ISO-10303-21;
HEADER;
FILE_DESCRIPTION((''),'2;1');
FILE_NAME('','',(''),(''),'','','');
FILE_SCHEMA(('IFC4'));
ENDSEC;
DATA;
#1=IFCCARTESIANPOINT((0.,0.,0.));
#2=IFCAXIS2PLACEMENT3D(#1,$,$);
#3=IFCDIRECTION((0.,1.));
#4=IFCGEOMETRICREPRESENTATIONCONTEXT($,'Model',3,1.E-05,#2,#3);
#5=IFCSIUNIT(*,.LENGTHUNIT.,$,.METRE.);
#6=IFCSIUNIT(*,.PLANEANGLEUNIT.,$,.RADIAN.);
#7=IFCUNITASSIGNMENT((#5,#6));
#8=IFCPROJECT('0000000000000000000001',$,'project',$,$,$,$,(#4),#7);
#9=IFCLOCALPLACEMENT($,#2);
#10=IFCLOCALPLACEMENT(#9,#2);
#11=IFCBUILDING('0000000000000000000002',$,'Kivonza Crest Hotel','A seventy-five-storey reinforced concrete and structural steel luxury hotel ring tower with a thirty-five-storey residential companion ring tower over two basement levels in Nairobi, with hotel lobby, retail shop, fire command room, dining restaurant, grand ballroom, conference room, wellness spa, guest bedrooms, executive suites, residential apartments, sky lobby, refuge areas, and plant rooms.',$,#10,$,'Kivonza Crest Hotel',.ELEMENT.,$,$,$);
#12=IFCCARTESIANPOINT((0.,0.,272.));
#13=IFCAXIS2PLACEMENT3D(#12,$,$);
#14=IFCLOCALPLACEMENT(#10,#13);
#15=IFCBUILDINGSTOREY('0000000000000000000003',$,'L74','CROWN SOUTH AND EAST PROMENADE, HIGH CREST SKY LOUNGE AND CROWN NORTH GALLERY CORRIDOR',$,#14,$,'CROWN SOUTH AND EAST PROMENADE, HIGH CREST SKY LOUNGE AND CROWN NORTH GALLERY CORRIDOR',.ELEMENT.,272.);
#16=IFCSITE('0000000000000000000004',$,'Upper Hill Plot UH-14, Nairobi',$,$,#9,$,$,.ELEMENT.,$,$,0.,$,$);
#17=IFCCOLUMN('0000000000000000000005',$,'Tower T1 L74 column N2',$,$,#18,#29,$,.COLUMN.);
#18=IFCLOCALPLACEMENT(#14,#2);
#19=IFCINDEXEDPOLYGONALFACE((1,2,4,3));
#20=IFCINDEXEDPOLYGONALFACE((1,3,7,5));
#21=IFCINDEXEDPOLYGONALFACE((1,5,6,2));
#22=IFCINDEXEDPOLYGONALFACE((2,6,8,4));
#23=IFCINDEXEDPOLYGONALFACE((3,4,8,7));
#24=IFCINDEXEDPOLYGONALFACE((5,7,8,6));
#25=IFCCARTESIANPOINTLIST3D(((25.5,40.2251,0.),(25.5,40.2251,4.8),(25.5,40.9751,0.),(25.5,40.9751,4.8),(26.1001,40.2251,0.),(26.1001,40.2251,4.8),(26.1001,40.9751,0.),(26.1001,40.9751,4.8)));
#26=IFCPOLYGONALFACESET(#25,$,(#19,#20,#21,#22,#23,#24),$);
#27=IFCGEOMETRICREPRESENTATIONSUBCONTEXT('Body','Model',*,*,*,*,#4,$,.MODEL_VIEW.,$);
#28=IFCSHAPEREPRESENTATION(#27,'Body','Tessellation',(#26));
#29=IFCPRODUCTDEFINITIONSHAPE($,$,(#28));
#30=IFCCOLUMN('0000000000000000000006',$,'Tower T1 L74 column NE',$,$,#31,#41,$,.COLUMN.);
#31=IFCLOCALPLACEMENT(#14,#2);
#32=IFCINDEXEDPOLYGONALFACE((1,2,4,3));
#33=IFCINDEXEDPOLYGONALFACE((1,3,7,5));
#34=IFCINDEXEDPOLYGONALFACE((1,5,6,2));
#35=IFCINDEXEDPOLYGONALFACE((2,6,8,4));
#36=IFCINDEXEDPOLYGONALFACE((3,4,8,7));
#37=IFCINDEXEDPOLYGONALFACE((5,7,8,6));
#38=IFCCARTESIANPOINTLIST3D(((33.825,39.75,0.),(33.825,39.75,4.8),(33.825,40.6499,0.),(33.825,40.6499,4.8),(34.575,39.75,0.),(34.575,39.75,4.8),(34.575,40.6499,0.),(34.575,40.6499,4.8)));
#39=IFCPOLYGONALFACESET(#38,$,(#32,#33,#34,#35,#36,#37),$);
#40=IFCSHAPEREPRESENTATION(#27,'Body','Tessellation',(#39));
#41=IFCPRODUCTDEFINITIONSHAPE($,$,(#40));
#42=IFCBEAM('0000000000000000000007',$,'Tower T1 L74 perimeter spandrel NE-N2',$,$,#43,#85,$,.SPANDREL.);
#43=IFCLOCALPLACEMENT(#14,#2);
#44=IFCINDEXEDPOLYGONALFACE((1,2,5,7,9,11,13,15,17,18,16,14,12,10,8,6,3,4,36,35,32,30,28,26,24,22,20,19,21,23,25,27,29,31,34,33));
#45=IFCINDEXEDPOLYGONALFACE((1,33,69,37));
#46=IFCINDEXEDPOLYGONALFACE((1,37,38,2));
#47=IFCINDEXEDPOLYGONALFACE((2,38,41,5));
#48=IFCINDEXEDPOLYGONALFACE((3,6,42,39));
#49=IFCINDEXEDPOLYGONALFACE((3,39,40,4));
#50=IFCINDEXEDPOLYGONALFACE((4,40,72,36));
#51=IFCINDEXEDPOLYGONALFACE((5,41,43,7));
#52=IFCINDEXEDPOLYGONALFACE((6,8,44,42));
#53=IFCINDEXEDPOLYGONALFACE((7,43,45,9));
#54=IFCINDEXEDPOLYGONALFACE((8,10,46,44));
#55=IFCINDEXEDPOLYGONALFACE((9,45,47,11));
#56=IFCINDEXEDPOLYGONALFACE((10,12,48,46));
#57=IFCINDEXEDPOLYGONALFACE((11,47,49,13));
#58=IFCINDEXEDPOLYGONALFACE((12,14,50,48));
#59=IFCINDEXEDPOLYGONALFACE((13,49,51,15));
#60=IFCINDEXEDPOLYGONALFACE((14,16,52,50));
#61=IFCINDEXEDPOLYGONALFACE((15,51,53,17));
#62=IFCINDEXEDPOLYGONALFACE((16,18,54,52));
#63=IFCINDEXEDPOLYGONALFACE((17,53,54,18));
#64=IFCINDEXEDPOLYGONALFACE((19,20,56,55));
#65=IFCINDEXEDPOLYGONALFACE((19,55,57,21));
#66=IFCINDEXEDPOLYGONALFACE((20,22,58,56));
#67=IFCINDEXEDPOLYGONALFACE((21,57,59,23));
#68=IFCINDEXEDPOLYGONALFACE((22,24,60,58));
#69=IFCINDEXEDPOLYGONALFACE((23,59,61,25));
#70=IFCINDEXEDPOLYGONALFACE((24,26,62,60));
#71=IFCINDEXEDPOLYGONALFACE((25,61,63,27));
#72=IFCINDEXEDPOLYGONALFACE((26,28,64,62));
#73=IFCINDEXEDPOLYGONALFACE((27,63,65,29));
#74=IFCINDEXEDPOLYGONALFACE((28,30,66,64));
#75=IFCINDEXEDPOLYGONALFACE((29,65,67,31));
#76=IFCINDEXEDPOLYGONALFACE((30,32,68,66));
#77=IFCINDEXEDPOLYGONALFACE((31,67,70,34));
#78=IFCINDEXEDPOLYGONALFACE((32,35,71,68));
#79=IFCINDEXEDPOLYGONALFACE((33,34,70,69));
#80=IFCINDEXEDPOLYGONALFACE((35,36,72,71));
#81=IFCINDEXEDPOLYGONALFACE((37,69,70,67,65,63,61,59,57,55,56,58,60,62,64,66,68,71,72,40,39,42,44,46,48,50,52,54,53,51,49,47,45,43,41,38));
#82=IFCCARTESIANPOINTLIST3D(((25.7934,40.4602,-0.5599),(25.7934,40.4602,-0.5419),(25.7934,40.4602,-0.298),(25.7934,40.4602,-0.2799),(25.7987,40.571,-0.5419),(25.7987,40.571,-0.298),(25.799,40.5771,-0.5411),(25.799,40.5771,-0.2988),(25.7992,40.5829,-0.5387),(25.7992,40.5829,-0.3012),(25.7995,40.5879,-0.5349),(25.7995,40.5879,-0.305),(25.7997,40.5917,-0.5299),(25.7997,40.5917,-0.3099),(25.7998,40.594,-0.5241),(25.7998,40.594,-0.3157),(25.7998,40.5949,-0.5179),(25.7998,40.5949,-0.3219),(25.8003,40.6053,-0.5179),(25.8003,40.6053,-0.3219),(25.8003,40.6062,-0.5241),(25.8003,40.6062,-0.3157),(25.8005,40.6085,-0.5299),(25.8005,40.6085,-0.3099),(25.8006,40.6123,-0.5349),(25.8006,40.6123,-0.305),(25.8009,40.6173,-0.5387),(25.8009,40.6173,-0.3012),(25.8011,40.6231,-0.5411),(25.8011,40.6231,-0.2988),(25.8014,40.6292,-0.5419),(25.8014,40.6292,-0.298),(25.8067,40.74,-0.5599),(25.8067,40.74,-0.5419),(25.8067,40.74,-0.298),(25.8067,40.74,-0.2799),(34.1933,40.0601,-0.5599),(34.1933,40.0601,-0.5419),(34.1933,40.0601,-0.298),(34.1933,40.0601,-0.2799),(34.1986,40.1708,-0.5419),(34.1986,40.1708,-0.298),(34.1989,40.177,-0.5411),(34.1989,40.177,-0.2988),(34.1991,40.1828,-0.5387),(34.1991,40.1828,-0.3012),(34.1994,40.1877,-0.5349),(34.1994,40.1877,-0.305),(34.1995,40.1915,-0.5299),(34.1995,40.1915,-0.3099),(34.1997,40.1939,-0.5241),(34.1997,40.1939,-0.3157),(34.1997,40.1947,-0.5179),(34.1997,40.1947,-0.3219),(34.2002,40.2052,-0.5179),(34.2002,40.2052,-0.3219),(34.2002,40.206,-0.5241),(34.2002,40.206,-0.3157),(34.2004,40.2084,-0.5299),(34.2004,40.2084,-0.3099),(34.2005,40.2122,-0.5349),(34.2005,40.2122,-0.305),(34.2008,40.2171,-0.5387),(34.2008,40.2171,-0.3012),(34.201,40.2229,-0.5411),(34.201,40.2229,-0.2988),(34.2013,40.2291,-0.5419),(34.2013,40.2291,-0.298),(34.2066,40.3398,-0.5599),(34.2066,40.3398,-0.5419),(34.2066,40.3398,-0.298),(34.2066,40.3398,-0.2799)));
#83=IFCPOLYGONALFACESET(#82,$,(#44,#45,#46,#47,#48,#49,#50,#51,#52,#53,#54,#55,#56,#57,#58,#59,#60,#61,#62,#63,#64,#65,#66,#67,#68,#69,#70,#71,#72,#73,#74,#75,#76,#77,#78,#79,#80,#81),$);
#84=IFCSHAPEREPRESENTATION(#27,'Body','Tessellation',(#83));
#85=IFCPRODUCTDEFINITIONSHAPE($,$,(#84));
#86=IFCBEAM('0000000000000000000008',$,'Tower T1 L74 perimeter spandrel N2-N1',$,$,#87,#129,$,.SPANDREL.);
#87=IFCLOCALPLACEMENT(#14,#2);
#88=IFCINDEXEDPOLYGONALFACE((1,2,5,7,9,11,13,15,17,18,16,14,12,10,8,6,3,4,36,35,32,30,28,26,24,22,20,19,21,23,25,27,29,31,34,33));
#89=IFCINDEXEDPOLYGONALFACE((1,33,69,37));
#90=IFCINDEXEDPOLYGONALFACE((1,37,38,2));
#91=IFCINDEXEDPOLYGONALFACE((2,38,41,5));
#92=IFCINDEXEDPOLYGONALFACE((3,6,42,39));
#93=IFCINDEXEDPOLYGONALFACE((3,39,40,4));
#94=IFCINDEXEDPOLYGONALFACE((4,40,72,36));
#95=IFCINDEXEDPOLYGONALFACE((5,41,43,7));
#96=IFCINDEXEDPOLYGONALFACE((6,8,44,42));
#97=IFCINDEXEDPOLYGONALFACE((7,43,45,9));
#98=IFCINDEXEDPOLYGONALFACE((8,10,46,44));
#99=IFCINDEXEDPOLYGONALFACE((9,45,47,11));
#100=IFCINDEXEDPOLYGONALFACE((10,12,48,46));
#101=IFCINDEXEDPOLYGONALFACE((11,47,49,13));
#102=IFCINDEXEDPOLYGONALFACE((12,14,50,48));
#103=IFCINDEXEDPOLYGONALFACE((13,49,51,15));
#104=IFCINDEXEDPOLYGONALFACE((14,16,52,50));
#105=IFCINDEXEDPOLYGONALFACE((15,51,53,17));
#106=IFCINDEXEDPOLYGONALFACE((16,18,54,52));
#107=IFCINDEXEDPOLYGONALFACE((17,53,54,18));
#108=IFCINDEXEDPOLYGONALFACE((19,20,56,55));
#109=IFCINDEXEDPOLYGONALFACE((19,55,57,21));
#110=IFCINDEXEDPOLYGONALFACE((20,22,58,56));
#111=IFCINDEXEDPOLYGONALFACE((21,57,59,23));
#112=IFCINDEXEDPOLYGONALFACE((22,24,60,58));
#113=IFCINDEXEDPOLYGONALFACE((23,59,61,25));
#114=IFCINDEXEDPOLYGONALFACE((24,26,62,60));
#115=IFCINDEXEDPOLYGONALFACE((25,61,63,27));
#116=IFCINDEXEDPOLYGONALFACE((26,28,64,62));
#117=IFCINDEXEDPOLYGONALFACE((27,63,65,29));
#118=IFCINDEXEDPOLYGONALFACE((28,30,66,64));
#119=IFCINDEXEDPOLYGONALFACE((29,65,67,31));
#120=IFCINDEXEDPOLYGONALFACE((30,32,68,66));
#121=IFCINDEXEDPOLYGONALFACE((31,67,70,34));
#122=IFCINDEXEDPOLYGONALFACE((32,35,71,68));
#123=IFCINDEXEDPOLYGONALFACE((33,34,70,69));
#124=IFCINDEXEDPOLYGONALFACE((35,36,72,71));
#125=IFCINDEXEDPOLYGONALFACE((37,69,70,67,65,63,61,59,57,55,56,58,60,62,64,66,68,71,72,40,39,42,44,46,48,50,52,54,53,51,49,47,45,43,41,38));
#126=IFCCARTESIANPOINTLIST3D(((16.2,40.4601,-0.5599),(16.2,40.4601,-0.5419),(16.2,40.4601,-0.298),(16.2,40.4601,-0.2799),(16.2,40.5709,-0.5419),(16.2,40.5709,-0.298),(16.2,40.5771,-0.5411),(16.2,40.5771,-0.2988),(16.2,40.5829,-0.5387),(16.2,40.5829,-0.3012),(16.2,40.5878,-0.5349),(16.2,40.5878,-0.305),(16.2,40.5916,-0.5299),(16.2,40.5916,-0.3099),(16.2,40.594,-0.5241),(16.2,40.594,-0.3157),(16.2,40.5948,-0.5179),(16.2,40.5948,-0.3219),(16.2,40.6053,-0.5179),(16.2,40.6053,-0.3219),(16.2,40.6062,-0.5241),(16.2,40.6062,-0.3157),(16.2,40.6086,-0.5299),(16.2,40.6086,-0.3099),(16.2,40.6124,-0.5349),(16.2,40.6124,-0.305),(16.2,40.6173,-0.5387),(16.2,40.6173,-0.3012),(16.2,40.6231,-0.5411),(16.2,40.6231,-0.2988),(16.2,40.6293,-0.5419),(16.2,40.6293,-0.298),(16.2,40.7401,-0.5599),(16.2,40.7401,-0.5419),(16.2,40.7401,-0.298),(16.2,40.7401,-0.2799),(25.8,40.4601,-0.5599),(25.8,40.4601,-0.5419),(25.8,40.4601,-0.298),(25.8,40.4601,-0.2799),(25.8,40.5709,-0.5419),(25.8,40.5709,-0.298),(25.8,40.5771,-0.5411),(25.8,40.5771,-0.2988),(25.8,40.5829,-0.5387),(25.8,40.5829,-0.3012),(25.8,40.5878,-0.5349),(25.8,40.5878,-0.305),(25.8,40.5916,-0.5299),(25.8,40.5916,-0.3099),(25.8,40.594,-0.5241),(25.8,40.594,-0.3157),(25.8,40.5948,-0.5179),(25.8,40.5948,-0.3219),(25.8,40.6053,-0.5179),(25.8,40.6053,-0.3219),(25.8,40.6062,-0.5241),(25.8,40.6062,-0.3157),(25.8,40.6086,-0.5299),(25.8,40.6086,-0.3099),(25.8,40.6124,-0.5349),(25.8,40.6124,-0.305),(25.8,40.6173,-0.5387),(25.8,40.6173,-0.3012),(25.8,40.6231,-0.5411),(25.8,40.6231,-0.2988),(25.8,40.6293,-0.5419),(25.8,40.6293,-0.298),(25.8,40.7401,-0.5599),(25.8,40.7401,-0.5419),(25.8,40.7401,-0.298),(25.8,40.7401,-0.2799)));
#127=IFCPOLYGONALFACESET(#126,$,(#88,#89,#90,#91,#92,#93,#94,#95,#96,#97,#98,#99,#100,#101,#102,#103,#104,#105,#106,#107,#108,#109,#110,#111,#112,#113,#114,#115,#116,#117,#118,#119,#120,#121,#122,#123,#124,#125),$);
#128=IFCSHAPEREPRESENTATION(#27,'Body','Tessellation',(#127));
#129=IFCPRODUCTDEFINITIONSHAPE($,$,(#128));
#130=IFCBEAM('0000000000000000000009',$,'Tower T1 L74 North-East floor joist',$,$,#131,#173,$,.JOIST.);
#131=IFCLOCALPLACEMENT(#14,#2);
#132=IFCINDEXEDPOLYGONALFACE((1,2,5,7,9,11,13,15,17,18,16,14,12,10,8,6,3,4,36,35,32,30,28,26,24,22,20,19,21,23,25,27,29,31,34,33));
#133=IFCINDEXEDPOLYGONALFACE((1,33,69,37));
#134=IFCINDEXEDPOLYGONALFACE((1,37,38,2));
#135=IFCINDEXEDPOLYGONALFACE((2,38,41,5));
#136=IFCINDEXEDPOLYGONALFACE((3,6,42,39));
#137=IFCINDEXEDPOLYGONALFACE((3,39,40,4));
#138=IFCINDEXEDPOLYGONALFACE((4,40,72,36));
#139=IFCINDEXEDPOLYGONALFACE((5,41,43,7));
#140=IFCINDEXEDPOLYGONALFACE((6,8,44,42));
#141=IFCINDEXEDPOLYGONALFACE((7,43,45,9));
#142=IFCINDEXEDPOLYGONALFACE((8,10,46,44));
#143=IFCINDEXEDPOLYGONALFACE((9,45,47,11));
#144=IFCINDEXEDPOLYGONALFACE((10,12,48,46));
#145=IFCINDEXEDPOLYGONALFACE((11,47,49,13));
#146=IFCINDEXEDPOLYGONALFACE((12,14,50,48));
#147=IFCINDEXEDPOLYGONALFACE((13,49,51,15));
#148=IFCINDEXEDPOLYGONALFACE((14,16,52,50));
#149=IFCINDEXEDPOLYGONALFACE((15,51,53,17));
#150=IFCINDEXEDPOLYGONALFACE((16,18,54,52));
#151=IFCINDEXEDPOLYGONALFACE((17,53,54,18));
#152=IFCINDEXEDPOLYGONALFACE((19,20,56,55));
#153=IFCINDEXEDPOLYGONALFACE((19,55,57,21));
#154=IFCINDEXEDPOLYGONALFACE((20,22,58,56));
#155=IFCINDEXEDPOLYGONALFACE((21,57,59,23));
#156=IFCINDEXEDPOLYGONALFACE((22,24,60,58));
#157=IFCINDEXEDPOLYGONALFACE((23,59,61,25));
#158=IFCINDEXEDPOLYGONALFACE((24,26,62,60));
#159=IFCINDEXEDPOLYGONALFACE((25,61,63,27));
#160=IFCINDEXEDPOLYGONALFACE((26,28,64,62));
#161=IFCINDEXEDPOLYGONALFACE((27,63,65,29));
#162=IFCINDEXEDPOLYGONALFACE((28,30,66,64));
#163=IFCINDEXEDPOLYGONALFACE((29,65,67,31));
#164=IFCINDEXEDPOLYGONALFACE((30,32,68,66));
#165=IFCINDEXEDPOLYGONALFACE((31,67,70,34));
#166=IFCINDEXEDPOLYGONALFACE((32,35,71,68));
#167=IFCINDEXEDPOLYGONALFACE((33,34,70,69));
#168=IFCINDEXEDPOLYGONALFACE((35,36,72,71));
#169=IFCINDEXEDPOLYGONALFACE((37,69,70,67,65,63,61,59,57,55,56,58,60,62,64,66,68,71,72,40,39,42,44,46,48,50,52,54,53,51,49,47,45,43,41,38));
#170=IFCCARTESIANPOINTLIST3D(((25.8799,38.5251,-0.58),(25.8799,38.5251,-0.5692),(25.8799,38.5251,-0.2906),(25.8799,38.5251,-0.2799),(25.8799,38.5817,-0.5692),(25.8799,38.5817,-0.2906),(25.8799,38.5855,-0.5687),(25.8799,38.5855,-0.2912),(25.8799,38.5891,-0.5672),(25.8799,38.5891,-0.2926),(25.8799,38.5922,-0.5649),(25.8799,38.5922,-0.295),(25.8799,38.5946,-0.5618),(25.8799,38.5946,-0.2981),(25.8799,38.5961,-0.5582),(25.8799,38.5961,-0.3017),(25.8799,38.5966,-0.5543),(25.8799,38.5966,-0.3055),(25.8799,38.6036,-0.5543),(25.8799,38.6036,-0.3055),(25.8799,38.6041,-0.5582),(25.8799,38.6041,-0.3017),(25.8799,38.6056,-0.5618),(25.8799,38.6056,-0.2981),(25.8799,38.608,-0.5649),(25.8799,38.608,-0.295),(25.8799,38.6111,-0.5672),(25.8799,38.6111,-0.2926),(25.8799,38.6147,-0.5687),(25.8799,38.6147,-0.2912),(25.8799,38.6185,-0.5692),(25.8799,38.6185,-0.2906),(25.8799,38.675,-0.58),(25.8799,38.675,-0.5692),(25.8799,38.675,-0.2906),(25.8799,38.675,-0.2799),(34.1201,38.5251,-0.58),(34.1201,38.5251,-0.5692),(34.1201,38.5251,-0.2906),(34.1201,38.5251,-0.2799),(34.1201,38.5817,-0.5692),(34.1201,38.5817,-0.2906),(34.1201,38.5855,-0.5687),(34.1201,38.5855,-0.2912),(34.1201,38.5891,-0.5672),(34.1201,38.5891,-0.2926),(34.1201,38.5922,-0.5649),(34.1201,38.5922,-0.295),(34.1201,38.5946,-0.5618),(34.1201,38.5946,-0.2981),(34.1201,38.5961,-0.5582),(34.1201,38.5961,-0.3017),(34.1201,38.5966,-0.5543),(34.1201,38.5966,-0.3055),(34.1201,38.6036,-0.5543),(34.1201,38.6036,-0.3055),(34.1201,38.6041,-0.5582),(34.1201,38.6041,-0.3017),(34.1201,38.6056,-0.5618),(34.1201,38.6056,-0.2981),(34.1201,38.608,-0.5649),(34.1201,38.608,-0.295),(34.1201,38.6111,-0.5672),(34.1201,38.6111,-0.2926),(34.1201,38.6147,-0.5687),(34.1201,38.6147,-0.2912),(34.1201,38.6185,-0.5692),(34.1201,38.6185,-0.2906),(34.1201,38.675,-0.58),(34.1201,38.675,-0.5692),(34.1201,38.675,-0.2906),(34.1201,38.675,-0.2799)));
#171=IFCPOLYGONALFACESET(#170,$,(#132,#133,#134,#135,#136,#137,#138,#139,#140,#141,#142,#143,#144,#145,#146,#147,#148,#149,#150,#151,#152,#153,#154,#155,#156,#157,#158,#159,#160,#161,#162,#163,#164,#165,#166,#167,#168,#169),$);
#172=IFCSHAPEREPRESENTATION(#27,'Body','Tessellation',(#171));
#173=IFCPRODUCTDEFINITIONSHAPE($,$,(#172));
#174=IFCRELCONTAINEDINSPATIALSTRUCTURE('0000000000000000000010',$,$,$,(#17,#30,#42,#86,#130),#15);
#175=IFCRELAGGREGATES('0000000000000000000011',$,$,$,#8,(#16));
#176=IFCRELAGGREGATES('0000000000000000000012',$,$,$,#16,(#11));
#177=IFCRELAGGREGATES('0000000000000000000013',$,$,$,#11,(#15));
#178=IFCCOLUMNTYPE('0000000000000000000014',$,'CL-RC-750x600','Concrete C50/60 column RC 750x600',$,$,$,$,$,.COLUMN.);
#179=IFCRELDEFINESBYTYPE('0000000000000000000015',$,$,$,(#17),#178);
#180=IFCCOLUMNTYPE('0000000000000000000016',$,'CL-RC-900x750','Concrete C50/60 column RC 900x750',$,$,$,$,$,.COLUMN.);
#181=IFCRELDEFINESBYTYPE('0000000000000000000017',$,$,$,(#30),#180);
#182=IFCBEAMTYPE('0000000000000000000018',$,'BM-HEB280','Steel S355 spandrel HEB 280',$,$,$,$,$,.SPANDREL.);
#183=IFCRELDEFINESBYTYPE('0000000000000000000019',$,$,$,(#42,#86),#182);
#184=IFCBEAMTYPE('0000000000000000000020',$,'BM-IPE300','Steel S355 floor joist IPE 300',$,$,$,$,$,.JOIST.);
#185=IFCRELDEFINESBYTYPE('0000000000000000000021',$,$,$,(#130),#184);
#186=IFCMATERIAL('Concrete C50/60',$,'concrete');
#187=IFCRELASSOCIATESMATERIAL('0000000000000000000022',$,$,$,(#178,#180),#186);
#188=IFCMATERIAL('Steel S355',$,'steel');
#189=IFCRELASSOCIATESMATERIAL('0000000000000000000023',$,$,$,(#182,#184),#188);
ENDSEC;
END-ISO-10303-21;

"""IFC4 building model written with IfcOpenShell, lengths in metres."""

from ifc_helpers import new_model, si_unit, direction, frame, origin, origin_2d, place, context, subcontext, project, spatial, rectangle, i_section, extrude, material, material_profile, profile_set, type_object, element, save


model = new_model("IFC4")

# Units and contexts
model_context = context("Model", 3, precision=1e-05, world=origin(), true_north=direction((0.0, 1.0)))
body_context = subcontext(model_context, "Body", "Model", "MODEL_VIEW")
ifc_project = project(units=[si_unit("LENGTHUNIT", "METRE"), si_unit("PLANEANGLEUNIT", "RADIAN")], contexts=[model_context])

# Site, building, storey
site_placement = place(None, origin())
site = spatial("IfcSite", under=ifc_project, at=site_placement, Name="Upper Hill Plot UH-14, Nairobi", CompositionType="ELEMENT", RefElevation=0.0)
building_placement = place(site_placement, origin())
building = spatial("IfcBuilding", under=site, at=building_placement, Name="Kivonza Crest Hotel", Description="A seventy-five-storey reinforced concrete and structural steel luxury hotel ring tower with a thirty-five-storey residential companion ring tower over two basement levels in Nairobi, with hotel lobby, retail shop, fire command room, dining restaurant, grand ballroom, conference room, wellness spa, guest bedrooms, executive suites, residential apartments, sky lobby, refuge areas, and plant rooms.", LongName="Kivonza Crest Hotel", CompositionType="ELEMENT")
storey_placement = place(building_placement, frame((0.0, 0.0, 272.0)))
storey = spatial("IfcBuildingStorey", under=building, at=storey_placement, Name="L74", Description="CROWN SOUTH AND EAST PROMENADE, HIGH CREST SKY LOUNGE AND CROWN NORTH GALLERY CORRIDOR", LongName="CROWN SOUTH AND EAST PROMENADE, HIGH CREST SKY LOUNGE AND CROWN NORTH GALLERY CORRIDOR", CompositionType="ELEMENT", Elevation=272.0)

# Columns
ifc_material_1 = material(Name="Concrete C50/60", Category="concrete")
ifc_material_profile_1 = material_profile(ifc_material_1, rectangle(XDim=0.6001, YDim=0.75, at=origin_2d()), Name="RC 750x600")
ifc_profile_set_1 = profile_set([ifc_material_profile_1], Name="Concrete C50/60")
column_type_1 = type_object("IfcColumnType", Name="CL-RC-750x600", Description="Concrete C50/60 column RC 750x600", PredefinedType="COLUMN", material=ifc_profile_set_1)
column_1_placement = place(storey_placement, frame((25.8, 40.6001, 0.0), z_axis=(0.0, 0.0, 1.0), x_axis=(1.0, 0.0, 0.0)))
element("IfcColumn", 1, at=column_1_placement, inside=storey, type_object=column_type_1, Name="Tower T1 L74 column N2", PredefinedType="COLUMN", context=body_context, shape_type="SweptSolid", body=[
    extrude(rectangle(XDim=0.6001, YDim=0.75, at=origin_2d()), origin(), (0.0, 0.0, 1.0), 4.8),
])
ifc_material_profile_2 = material_profile(ifc_material_1, rectangle(XDim=0.75, YDim=0.8999, at=origin_2d()), Name="RC 900x750")
ifc_profile_set_2 = profile_set([ifc_material_profile_2], Name="Concrete C50/60")
column_type_2 = type_object("IfcColumnType", Name="CL-RC-900x750", Description="Concrete C50/60 column RC 900x750", PredefinedType="COLUMN", material=ifc_profile_set_2)
column_2_placement = place(storey_placement, frame((34.2, 40.2, 0.0), z_axis=(0.0, 0.0, 1.0), x_axis=(1.0, 0.0, 0.0)))
element("IfcColumn", 2, at=column_2_placement, inside=storey, type_object=column_type_2, Name="Tower T1 L74 column NE", PredefinedType="COLUMN", context=body_context, shape_type="SweptSolid", body=[
    extrude(rectangle(XDim=0.75, YDim=0.8999, at=origin_2d()), origin(), (0.0, 0.0, 1.0), 4.8),
])

# Beams
ifc_material_2 = material(Name="Steel S355", Category="steel")
ifc_material_profile_3 = material_profile(ifc_material_2, i_section(OverallWidth=0.28, OverallDepth=0.28, WebThickness=0.0105, FlangeThickness=0.0181, FilletRadius=0.0239, at=origin_2d()), Name="HEB 280")
ifc_profile_set_3 = profile_set([ifc_material_profile_3], Name="Steel S355")
beam_type_1 = type_object("IfcBeamType", Name="BM-HEB280", Description="Steel S355 spandrel HEB 280", PredefinedType="SPANDREL", material=ifc_profile_set_3)
beam_1_placement = place(storey_placement, frame((34.2, 40.2, -0.4199), z_axis=(-0.998867, 0.047583, 0.0), x_axis=(-0.047583, -0.998867, 0.0)))
element("IfcBeam", 3, at=beam_1_placement, inside=storey, type_object=beam_type_1, Name="Tower T1 L74 perimeter spandrel NE-N2", PredefinedType="SPANDREL", context=body_context, shape_type="SweptSolid", body=[
    extrude(i_section(OverallWidth=0.28, OverallDepth=0.28, WebThickness=0.0105, FlangeThickness=0.0181, FilletRadius=0.0239, at=origin_2d()), origin(), (0.0, 0.0, 1.0), 8.4094),
])
beam_2_placement = place(storey_placement, frame((25.8, 40.6001, -0.4199), z_axis=(-1.0, 0.0, 0.0), x_axis=(0.0, -1.0, 0.0)))
element("IfcBeam", 4, at=beam_2_placement, inside=storey, type_object=beam_type_1, Name="Tower T1 L74 perimeter spandrel N2-N1", PredefinedType="SPANDREL", context=body_context, shape_type="SweptSolid", body=[
    extrude(i_section(OverallWidth=0.28, OverallDepth=0.28, WebThickness=0.0105, FlangeThickness=0.0181, FilletRadius=0.0239, at=origin_2d()), origin(), (0.0, 0.0, 1.0), 9.6001),
])
ifc_material_profile_4 = material_profile(ifc_material_2, i_section(OverallWidth=0.1499, OverallDepth=0.3, WebThickness=0.0071, FlangeThickness=0.0107, FilletRadius=0.0149, at=origin_2d()), Name="IPE 300")
ifc_profile_set_4 = profile_set([ifc_material_profile_4], Name="Steel S355")
beam_type_2 = type_object("IfcBeamType", Name="BM-IPE300", Description="Steel S355 floor joist IPE 300", PredefinedType="JOIST", material=ifc_profile_set_4)
beam_3_placement = place(storey_placement, frame((25.8799, 38.6001, -0.4299), z_axis=(1.0, 0.0, 0.0), x_axis=(0.0, 1.0, 0.0)))
element("IfcBeam", 5, at=beam_3_placement, inside=storey, type_object=beam_type_2, Name="Tower T1 L74 North-East floor joist", PredefinedType="JOIST", context=body_context, shape_type="SweptSolid", body=[
    extrude(i_section(OverallWidth=0.1499, OverallDepth=0.3, WebThickness=0.0071, FlangeThickness=0.0107, FilletRadius=0.0149, at=origin_2d()), origin(), (0.0, 0.0, 1.0), 8.2402),
])

save(model, "model.ifc")
